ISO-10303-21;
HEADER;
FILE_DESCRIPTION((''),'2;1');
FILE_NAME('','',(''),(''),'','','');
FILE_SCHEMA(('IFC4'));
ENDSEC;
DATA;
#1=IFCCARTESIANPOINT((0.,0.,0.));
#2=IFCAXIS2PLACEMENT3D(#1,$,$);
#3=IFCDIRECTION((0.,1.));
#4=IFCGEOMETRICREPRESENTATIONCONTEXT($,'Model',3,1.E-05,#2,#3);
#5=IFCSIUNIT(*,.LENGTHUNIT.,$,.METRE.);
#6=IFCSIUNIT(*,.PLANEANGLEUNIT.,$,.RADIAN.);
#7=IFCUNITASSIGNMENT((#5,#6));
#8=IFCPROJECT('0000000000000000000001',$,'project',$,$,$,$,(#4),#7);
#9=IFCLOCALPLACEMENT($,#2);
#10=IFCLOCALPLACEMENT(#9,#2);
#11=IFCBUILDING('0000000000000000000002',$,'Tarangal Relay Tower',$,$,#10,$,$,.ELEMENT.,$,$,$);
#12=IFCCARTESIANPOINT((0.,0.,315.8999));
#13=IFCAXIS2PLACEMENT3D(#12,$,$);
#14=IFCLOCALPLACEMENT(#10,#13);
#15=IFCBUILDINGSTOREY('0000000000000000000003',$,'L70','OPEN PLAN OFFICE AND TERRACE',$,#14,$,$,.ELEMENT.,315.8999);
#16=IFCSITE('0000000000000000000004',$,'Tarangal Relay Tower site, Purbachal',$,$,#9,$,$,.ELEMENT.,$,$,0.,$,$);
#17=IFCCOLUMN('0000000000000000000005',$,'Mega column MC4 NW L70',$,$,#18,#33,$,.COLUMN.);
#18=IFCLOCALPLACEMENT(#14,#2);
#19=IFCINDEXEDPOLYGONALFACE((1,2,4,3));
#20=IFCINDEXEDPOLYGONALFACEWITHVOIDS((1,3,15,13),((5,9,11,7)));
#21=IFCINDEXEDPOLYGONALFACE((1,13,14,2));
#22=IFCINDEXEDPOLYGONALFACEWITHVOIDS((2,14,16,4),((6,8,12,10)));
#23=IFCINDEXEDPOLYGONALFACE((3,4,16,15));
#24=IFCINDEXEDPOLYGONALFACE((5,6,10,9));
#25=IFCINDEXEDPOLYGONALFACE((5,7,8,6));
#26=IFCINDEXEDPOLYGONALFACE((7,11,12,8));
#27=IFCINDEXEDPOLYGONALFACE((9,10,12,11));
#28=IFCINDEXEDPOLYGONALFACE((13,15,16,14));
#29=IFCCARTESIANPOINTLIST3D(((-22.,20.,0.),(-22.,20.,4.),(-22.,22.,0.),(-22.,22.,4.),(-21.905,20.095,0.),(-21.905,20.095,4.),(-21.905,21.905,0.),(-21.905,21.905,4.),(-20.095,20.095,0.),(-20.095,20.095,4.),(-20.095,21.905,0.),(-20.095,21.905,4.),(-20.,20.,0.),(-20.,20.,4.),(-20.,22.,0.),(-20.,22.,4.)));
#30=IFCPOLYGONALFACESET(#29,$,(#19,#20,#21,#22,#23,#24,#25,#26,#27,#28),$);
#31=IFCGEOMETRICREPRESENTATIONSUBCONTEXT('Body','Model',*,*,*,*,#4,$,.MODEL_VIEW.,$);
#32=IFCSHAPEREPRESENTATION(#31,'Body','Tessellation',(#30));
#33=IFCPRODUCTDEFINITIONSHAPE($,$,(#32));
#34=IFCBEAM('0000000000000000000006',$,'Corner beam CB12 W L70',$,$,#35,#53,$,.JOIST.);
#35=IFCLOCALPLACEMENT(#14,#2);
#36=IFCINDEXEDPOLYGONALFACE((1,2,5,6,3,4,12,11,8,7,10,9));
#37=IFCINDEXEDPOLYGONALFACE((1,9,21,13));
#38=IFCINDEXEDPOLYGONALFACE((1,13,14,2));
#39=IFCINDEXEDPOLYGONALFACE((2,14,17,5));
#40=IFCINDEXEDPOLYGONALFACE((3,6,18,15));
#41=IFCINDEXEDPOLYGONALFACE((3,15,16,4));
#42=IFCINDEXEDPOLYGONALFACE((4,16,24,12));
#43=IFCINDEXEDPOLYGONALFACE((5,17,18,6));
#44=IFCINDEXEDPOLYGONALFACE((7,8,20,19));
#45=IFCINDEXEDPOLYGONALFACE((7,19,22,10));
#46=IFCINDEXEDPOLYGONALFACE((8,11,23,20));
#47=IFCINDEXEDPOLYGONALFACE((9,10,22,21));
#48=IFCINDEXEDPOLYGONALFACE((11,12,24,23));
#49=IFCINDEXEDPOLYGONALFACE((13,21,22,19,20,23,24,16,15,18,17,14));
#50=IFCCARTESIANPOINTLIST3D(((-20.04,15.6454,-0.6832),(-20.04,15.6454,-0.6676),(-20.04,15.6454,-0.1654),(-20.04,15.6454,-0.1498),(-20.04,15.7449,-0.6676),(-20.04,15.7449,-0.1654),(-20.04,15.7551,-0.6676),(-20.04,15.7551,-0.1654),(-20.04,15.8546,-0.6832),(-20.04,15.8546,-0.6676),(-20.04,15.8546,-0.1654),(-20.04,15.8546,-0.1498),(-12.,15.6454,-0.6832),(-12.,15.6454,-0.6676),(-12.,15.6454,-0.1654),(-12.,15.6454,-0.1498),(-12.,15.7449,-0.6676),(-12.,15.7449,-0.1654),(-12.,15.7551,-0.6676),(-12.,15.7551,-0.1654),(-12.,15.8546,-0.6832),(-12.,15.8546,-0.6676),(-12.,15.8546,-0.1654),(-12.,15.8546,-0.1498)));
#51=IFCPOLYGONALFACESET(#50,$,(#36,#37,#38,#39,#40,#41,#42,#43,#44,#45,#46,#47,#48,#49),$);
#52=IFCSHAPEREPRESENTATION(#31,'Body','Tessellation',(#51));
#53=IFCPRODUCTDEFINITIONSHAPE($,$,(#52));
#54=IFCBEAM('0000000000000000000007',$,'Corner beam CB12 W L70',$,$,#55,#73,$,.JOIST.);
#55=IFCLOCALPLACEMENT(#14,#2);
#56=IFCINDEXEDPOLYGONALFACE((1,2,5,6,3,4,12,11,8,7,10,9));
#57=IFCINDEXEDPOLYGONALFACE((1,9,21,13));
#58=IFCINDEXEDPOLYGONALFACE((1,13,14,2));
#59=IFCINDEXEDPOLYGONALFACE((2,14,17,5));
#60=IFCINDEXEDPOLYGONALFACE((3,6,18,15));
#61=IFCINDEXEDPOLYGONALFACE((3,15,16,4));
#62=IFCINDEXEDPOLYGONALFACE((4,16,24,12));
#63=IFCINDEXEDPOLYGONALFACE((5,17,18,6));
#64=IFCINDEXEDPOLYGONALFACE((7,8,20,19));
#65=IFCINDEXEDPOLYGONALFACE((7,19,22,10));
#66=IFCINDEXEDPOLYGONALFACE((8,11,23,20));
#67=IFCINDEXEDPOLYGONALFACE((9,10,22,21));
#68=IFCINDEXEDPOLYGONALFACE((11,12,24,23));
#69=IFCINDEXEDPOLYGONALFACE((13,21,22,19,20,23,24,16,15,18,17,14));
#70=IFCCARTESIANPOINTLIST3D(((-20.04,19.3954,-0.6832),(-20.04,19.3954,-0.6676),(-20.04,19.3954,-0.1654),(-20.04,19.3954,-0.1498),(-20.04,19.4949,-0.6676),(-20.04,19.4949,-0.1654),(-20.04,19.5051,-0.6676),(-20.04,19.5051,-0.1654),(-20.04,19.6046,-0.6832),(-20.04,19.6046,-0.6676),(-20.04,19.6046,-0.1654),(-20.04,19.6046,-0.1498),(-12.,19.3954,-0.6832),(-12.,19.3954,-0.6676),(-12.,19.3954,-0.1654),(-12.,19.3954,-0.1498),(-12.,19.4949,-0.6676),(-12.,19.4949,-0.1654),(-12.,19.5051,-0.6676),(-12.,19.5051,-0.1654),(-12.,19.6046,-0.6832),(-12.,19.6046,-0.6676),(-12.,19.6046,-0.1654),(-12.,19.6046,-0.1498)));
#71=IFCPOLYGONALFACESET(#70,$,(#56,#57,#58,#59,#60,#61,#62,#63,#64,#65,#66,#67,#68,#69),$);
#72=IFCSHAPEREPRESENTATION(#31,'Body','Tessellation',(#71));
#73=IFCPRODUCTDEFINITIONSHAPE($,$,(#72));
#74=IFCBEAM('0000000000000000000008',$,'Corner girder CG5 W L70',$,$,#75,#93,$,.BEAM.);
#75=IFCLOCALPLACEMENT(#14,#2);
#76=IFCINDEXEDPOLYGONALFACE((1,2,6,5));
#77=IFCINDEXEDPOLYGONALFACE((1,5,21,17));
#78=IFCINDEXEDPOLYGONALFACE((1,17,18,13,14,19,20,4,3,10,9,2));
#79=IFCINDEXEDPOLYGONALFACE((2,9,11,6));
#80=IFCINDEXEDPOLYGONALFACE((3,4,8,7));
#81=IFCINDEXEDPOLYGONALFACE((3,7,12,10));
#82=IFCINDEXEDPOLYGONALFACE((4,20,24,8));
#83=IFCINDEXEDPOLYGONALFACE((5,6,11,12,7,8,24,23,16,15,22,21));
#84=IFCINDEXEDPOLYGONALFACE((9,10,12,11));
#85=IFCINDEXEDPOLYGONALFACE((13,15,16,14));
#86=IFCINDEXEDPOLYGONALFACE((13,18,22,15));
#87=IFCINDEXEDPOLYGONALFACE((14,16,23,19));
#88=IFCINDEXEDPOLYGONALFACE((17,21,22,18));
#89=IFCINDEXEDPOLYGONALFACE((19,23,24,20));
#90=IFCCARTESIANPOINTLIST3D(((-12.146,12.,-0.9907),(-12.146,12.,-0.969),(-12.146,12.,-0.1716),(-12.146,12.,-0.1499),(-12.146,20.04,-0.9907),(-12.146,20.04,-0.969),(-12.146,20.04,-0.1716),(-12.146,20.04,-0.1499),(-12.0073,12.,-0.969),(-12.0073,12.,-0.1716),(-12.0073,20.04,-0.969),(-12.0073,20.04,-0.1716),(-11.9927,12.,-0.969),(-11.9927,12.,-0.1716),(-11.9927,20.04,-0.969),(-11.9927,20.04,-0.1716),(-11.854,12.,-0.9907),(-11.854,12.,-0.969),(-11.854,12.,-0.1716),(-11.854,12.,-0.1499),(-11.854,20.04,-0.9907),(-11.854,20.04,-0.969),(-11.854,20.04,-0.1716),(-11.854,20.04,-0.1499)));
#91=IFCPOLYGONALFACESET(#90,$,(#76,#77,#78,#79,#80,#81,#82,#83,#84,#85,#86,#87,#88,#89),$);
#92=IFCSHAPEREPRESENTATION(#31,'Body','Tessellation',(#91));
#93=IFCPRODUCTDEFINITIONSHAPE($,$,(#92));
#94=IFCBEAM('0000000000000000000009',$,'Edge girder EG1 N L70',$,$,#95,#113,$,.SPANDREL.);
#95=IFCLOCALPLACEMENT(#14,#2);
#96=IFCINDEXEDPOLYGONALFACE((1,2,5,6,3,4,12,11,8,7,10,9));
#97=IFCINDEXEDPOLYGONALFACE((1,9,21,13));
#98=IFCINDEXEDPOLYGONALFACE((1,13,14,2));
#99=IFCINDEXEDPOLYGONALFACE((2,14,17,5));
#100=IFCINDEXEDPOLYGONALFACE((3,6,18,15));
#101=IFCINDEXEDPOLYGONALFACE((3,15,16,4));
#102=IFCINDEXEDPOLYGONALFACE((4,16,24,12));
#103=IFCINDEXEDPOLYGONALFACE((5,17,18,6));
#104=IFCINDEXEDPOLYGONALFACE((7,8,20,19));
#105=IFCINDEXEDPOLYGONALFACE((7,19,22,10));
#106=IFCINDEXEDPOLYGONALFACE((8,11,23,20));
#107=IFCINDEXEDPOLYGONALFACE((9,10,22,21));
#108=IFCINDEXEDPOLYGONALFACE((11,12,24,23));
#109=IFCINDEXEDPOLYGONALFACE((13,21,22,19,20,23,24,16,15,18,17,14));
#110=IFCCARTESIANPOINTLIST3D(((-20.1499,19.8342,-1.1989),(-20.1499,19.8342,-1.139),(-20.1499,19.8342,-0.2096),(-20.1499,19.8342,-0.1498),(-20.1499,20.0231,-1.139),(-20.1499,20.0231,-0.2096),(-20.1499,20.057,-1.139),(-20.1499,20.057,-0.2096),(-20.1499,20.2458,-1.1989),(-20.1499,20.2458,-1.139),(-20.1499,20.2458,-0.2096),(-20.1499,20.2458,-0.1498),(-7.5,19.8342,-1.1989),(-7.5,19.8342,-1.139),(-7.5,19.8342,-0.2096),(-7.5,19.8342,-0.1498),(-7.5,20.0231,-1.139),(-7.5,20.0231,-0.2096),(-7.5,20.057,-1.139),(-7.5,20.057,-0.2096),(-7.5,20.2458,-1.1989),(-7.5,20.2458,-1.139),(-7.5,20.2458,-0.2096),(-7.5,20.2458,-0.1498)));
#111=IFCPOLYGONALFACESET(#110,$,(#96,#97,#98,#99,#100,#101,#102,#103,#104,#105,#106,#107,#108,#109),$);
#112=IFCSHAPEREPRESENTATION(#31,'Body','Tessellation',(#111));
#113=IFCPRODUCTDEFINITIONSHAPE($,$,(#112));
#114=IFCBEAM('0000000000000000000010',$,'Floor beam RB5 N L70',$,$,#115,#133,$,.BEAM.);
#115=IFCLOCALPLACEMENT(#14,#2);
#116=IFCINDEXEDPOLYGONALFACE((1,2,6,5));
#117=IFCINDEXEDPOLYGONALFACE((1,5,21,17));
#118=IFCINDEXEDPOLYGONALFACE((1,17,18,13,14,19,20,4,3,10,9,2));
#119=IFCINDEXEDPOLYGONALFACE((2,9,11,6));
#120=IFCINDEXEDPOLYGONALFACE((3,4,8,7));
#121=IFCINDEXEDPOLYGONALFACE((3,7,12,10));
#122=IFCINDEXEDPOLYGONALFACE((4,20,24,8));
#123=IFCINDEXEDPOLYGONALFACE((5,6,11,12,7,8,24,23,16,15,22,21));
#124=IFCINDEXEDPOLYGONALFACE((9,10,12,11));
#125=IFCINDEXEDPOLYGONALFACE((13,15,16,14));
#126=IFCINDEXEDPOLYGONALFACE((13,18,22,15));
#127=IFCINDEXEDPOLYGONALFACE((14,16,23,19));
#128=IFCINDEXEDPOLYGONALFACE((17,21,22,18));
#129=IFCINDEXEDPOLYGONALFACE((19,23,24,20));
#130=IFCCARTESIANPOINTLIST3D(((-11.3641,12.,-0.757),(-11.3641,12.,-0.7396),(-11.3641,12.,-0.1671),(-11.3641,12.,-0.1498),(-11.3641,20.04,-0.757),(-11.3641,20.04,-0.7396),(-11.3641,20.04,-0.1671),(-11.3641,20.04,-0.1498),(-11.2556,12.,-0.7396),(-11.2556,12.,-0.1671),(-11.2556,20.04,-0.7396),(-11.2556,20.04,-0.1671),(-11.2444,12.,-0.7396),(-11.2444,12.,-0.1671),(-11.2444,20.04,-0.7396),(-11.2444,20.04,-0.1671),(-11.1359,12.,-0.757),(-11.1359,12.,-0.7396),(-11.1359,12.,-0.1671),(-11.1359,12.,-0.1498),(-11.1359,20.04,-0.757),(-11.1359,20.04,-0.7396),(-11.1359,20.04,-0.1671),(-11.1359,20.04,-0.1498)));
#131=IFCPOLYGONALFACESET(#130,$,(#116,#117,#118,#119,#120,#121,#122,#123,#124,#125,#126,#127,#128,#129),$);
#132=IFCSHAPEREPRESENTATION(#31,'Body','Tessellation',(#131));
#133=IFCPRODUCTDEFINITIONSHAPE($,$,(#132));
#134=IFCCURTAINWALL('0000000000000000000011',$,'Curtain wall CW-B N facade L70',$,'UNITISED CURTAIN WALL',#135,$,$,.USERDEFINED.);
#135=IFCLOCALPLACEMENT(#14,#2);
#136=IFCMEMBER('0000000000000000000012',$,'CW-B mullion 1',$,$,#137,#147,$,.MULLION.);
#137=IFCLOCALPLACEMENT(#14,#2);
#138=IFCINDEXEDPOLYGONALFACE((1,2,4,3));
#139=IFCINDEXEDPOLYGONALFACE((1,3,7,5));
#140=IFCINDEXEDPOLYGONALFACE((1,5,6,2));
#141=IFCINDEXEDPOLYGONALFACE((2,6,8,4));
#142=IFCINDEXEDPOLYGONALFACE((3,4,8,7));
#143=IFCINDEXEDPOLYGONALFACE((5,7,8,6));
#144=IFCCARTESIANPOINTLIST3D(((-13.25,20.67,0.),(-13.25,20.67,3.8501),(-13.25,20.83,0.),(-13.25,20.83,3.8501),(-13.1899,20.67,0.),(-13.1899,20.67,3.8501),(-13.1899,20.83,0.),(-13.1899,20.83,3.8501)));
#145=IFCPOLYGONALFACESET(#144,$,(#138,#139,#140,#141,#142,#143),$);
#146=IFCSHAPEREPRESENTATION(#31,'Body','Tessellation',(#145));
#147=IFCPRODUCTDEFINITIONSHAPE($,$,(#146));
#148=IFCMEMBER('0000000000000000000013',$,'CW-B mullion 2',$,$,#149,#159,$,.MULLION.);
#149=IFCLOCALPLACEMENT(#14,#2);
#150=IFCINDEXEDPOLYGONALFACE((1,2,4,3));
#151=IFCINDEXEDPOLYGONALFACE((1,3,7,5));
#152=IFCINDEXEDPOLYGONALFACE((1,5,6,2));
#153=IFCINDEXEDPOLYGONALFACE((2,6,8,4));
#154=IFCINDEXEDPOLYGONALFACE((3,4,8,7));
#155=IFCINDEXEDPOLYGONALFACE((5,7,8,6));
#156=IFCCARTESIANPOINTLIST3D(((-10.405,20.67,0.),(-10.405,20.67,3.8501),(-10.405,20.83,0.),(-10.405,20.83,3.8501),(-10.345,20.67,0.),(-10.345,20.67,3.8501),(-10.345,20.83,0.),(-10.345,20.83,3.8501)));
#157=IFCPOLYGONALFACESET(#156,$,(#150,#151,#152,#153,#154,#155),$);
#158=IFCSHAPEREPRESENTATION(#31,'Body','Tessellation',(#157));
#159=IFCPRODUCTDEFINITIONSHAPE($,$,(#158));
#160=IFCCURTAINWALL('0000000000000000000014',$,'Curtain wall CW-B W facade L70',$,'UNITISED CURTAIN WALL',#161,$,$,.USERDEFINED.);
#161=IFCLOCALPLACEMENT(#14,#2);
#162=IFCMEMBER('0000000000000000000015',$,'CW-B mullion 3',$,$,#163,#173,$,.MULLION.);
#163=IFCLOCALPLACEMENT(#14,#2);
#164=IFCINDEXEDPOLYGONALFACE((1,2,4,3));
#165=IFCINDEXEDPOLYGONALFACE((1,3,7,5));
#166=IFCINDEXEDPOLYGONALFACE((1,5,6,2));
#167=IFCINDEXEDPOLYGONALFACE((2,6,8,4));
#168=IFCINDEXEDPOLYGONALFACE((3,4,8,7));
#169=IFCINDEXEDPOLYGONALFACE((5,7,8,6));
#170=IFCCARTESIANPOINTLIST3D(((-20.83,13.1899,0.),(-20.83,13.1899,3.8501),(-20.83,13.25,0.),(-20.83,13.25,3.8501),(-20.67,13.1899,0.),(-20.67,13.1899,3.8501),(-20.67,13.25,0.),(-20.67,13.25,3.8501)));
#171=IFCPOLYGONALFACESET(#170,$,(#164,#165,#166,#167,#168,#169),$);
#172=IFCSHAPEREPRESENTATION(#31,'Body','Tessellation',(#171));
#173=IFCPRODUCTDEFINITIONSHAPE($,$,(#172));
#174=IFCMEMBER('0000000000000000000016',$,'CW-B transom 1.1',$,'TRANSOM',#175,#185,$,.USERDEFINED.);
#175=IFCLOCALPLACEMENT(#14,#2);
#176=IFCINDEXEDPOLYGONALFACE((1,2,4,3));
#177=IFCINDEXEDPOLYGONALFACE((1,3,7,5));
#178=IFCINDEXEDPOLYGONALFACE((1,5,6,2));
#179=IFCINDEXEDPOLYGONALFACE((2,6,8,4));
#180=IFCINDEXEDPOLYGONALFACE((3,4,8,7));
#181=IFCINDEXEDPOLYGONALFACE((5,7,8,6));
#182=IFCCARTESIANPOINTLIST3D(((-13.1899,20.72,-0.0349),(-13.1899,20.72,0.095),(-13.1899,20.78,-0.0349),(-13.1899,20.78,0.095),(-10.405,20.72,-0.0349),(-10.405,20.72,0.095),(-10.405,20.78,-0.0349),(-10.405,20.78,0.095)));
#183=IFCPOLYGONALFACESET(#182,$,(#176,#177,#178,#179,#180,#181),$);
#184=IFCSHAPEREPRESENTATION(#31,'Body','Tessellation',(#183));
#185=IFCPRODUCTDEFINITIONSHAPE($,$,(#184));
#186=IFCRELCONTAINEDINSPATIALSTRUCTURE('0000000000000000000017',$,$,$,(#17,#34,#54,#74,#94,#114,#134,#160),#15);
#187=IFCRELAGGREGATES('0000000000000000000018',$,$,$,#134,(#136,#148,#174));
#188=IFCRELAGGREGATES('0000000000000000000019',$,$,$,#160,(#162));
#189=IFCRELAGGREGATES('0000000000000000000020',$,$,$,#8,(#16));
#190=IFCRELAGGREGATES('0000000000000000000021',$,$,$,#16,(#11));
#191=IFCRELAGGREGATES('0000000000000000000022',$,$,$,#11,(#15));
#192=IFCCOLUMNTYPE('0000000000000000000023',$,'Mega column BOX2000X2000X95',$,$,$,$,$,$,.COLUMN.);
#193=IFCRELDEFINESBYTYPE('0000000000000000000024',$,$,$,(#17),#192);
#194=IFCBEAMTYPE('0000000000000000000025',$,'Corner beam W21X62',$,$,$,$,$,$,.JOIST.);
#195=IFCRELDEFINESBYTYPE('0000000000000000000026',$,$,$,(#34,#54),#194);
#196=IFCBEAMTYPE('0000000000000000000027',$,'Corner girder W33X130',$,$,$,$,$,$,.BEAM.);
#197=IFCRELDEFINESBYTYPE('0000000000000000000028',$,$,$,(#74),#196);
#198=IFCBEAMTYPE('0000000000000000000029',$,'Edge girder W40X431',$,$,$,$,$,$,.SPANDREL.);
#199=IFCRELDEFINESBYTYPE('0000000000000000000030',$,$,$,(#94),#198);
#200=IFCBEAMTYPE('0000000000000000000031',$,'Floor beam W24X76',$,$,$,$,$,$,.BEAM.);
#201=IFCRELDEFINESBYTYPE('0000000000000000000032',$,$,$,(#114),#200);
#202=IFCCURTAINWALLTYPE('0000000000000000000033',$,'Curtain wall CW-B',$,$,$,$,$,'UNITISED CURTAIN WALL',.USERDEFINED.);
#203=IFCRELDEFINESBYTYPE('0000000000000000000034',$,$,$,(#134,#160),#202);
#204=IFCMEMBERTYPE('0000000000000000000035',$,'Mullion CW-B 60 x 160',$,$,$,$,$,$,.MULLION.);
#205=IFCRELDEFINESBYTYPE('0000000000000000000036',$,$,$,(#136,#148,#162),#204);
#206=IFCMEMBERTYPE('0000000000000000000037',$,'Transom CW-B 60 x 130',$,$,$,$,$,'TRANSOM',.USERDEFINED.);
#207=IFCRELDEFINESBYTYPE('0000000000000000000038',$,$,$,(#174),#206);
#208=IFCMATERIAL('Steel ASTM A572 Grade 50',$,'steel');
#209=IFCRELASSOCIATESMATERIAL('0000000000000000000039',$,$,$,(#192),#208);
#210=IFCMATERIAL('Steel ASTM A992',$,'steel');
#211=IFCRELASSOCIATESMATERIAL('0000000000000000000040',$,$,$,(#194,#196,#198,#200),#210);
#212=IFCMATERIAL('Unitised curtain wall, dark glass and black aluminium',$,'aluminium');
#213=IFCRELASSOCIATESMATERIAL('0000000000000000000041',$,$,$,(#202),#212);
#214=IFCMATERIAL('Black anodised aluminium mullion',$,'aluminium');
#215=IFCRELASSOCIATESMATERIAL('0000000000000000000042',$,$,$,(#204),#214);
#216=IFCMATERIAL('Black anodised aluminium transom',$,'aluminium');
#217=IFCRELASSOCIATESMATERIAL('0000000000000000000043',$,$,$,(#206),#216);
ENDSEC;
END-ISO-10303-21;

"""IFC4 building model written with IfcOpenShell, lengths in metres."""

from ifc_helpers import new_model, si_unit, direction, frame, origin, origin_2d, place, context, subcontext, project, spatial, rectangle, hollow_rectangle, i_section, extrude, material, material_profile, profile_set, type_object, element, aggregate, save


model = new_model("IFC4")

# Units and contexts
model_context = context("Model", 3, precision=1e-05, world=origin(), true_north=direction((0.0, 1.0)))
body_context = subcontext(model_context, "Body", "Model", "MODEL_VIEW")
ifc_project = project(units=[si_unit("LENGTHUNIT", "METRE"), si_unit("PLANEANGLEUNIT", "RADIAN")], contexts=[model_context])

# Site, building, storey
site_placement = place(None, origin())
site = spatial("IfcSite", under=ifc_project, at=site_placement, Name="Tarangal Relay Tower site, Purbachal", CompositionType="ELEMENT", RefElevation=0.0)
building_placement = place(site_placement, origin())
building = spatial("IfcBuilding", under=site, at=building_placement, Name="Tarangal Relay Tower", CompositionType="ELEMENT")
storey_placement = place(building_placement, frame((0.0, 0.0, 315.8999)))
storey = spatial("IfcBuildingStorey", under=building, at=storey_placement, Name="L70", Description="OPEN PLAN OFFICE AND TERRACE", CompositionType="ELEMENT", Elevation=315.8999)

# Column
ifc_material_1 = material(Name="Steel ASTM A572 Grade 50", Category="steel")
ifc_material_profile_1 = material_profile(ifc_material_1, hollow_rectangle(XDim=2.0, YDim=2.0, WallThickness=0.095, at=origin_2d()), Name="BOX2000X2000X95")
ifc_profile_set_1 = profile_set([ifc_material_profile_1], Name="Steel ASTM A572 Grade 50")
column_type = type_object("IfcColumnType", Name="Mega column BOX2000X2000X95", PredefinedType="COLUMN", material=ifc_profile_set_1)
column_placement = place(storey_placement, frame((-21.0, 21.0, 0.0), z_axis=(0.0, 0.0, 1.0), x_axis=(1.0, 0.0, 0.0)))
element("IfcColumn", 1, at=column_placement, inside=storey, type_object=column_type, Name="Mega column MC4 NW L70", PredefinedType="COLUMN", context=body_context, shape_type="SweptSolid", body=[
    extrude(hollow_rectangle(XDim=2.0, YDim=2.0, WallThickness=0.095, at=origin_2d()), origin(), (0.0, 0.0, 1.0), 4.0),
])

# Beams
ifc_material_2 = material(Name="Steel ASTM A992", Category="steel")
ifc_material_profile_2 = material_profile(ifc_material_2, i_section(OverallWidth=0.2092, OverallDepth=0.5334, WebThickness=0.0103, FlangeThickness=0.0156, at=origin_2d()), Name="W21X62")
ifc_profile_set_2 = profile_set([ifc_material_profile_2], Name="Steel ASTM A992")
beam_type_1 = type_object("IfcBeamType", Name="Corner beam W21X62", PredefinedType="JOIST", material=ifc_profile_set_2)
for number, where, z_axis, x_axis, name in (
    (2, (-12.0, 15.75, -0.4165), (-1.0, 0.0, 0.0), (0.0, -1.0, 0.0), "Corner beam CB12 W L70"),
    (3, (-12.0, 19.5, -0.4165), (-1.0, 0.0, 0.0), (0.0, -1.0, 0.0), "Corner beam CB12 W L70"),
):
    element("IfcBeam", number, at=place(storey_placement, frame(where, z_axis=z_axis, x_axis=x_axis)), inside=storey, type_object=beam_type_1, Name=name, PredefinedType="JOIST", context=body_context, shape_type="SweptSolid", body=[
        extrude(i_section(OverallWidth=0.2092, OverallDepth=0.5334, WebThickness=0.0103, FlangeThickness=0.0156, at=origin_2d()), origin(), (0.0, 0.0, 1.0), 8.04),
    ])
ifc_material_profile_3 = material_profile(ifc_material_2, i_section(OverallWidth=0.292, OverallDepth=0.8408, WebThickness=0.0146, FlangeThickness=0.0217, at=origin_2d()), Name="W33X130")
ifc_profile_set_3 = profile_set([ifc_material_profile_3], Name="Steel ASTM A992")
beam_type_2 = type_object("IfcBeamType", Name="Corner girder W33X130", PredefinedType="BEAM", material=ifc_profile_set_3)
beam_1_placement = place(storey_placement, frame((-12.0, 12.0, -0.5703), z_axis=(0.0, 1.0, 0.0), x_axis=(-1.0, 0.0, 0.0)))
element("IfcBeam", 4, at=beam_1_placement, inside=storey, type_object=beam_type_2, Name="Corner girder CG5 W L70", PredefinedType="BEAM", context=body_context, shape_type="SweptSolid", body=[
    extrude(i_section(OverallWidth=0.292, OverallDepth=0.8408, WebThickness=0.0146, FlangeThickness=0.0217, at=origin_2d()), origin(), (0.0, 0.0, 1.0), 8.04),
])
ifc_material_profile_4 = material_profile(ifc_material_2, i_section(OverallWidth=0.4116, OverallDepth=1.0491, WebThickness=0.0339, FlangeThickness=0.0598, at=origin_2d()), Name="W40X431")
ifc_profile_set_4 = profile_set([ifc_material_profile_4], Name="Steel ASTM A992")
beam_type_3 = type_object("IfcBeamType", Name="Edge girder W40X431", PredefinedType="SPANDREL", material=ifc_profile_set_4)
beam_2_placement = place(storey_placement, frame((-20.1499, 20.04, -0.6743), z_axis=(1.0, 0.0, 0.0), x_axis=(0.0, 1.0, 0.0)))
element("IfcBeam", 5, at=beam_2_placement, inside=storey, type_object=beam_type_3, Name="Edge girder EG1 N L70", PredefinedType="SPANDREL", context=body_context, shape_type="SweptSolid", body=[
    extrude(i_section(OverallWidth=0.4116, OverallDepth=1.0491, WebThickness=0.0339, FlangeThickness=0.0598, at=origin_2d()), origin(), (0.0, 0.0, 1.0), 12.6499),
])
ifc_material_profile_5 = material_profile(ifc_material_2, i_section(OverallWidth=0.2283, OverallDepth=0.6072, WebThickness=0.0112, FlangeThickness=0.0173, at=origin_2d()), Name="W24X76")
ifc_profile_set_5 = profile_set([ifc_material_profile_5], Name="Steel ASTM A992")
beam_type_4 = type_object("IfcBeamType", Name="Floor beam W24X76", PredefinedType="BEAM", material=ifc_profile_set_5)
beam_3_placement = place(storey_placement, frame((-11.25, 12.0, -0.4534), z_axis=(0.0, 1.0, 0.0), x_axis=(-1.0, 0.0, 0.0)))
element("IfcBeam", 6, at=beam_3_placement, inside=storey, type_object=beam_type_4, Name="Floor beam RB5 N L70", PredefinedType="BEAM", context=body_context, shape_type="SweptSolid", body=[
    extrude(i_section(OverallWidth=0.2283, OverallDepth=0.6072, WebThickness=0.0112, FlangeThickness=0.0173, at=origin_2d()), origin(), (0.0, 0.0, 1.0), 8.04),
])

# Curtain wall, members
ifc_material_3 = material(Name="Unitised curtain wall, dark glass and black aluminium", Category="aluminium")
curtain_wall_type = type_object("IfcCurtainWallType", Name="Curtain wall CW-B", ElementType="UNITISED CURTAIN WALL", PredefinedType="USERDEFINED", material=ifc_material_3)
curtain_wall_1_placement = place(storey_placement, origin())
curtain_wall_1 = element("IfcCurtainWall", 7, at=curtain_wall_1_placement, inside=storey, type_object=curtain_wall_type, Name="Curtain wall CW-B N facade L70", ObjectType="UNITISED CURTAIN WALL", PredefinedType="USERDEFINED")
ifc_material_4 = material(Name="Black anodised aluminium mullion", Category="aluminium")
ifc_material_profile_6 = material_profile(ifc_material_4, rectangle(XDim=0.1599, YDim=0.0601, at=origin_2d()), Name="CW-BM 60X160")
ifc_profile_set_6 = profile_set([ifc_material_profile_6], Name="Black anodised aluminium mullion")
member_type_1 = type_object("IfcMemberType", Name="Mullion CW-B 60 x 160", PredefinedType="MULLION", material=ifc_profile_set_6)
member_1_placement = place(storey_placement, frame((-13.22, 20.75, 0.0), z_axis=(0.0, 0.0, 1.0), x_axis=(0.0, 1.0, 0.0)))
member_1 = element("IfcMember", 8, at=member_1_placement, type_object=member_type_1, Name="CW-B mullion 1", PredefinedType="MULLION", context=body_context, shape_type="SweptSolid", body=[
    extrude(rectangle(XDim=0.1599, YDim=0.0601, at=origin_2d()), origin(), (0.0, 0.0, 1.0), 3.8501),
])
member_2_placement = place(storey_placement, frame((-10.375, 20.75, 0.0), z_axis=(0.0, 0.0, 1.0), x_axis=(0.0, 1.0, 0.0)))
member_2 = element("IfcMember", 9, at=member_2_placement, type_object=member_type_1, Name="CW-B mullion 2", PredefinedType="MULLION", context=body_context, shape_type="SweptSolid", body=[
    extrude(rectangle(XDim=0.1599, YDim=0.0601, at=origin_2d()), origin(), (0.0, 0.0, 1.0), 3.8501),
])

# Curtain wall, member
curtain_wall_2_placement = place(storey_placement, origin())
curtain_wall_2 = element("IfcCurtainWall", 10, at=curtain_wall_2_placement, inside=storey, type_object=curtain_wall_type, Name="Curtain wall CW-B W facade L70", ObjectType="UNITISED CURTAIN WALL", PredefinedType="USERDEFINED")
member_3_placement = place(storey_placement, frame((-20.75, 13.22, 0.0), z_axis=(0.0, 0.0, 1.0), x_axis=(-1.0, 0.0, 0.0)))
member_3 = element("IfcMember", 11, at=member_3_placement, type_object=member_type_1, Name="CW-B mullion 3", PredefinedType="MULLION", context=body_context, shape_type="SweptSolid", body=[
    extrude(rectangle(XDim=0.1599, YDim=0.0601, at=origin_2d()), origin(), (0.0, 0.0, 1.0), 3.8501),
])

# Member
ifc_material_5 = material(Name="Black anodised aluminium transom", Category="aluminium")
ifc_material_profile_7 = material_profile(ifc_material_5, rectangle(XDim=0.0601, YDim=0.1299, at=origin_2d()), Name="CW-BT 60X130")
ifc_profile_set_7 = profile_set([ifc_material_profile_7], Name="Black anodised aluminium transom")
member_type_2 = type_object("IfcMemberType", Name="Transom CW-B 60 x 130", ElementType="TRANSOM", PredefinedType="USERDEFINED", material=ifc_profile_set_7)
member_4_placement = place(storey_placement, frame((-13.1899, 20.75, 0.03), z_axis=(1.0, 0.0, 0.0), x_axis=(0.0, 1.0, 0.0)))
member_4 = element("IfcMember", 12, at=member_4_placement, type_object=member_type_2, Name="CW-B transom 1.1", ObjectType="TRANSOM", PredefinedType="USERDEFINED", context=body_context, shape_type="SweptSolid", body=[
    extrude(rectangle(XDim=0.0601, YDim=0.1299, at=origin_2d()), origin(), (0.0, 0.0, 1.0), 2.7849),
])

aggregate(curtain_wall_1, [member_1, member_2, member_4])
aggregate(curtain_wall_2, [member_3])

save(model, "model.ifc")
